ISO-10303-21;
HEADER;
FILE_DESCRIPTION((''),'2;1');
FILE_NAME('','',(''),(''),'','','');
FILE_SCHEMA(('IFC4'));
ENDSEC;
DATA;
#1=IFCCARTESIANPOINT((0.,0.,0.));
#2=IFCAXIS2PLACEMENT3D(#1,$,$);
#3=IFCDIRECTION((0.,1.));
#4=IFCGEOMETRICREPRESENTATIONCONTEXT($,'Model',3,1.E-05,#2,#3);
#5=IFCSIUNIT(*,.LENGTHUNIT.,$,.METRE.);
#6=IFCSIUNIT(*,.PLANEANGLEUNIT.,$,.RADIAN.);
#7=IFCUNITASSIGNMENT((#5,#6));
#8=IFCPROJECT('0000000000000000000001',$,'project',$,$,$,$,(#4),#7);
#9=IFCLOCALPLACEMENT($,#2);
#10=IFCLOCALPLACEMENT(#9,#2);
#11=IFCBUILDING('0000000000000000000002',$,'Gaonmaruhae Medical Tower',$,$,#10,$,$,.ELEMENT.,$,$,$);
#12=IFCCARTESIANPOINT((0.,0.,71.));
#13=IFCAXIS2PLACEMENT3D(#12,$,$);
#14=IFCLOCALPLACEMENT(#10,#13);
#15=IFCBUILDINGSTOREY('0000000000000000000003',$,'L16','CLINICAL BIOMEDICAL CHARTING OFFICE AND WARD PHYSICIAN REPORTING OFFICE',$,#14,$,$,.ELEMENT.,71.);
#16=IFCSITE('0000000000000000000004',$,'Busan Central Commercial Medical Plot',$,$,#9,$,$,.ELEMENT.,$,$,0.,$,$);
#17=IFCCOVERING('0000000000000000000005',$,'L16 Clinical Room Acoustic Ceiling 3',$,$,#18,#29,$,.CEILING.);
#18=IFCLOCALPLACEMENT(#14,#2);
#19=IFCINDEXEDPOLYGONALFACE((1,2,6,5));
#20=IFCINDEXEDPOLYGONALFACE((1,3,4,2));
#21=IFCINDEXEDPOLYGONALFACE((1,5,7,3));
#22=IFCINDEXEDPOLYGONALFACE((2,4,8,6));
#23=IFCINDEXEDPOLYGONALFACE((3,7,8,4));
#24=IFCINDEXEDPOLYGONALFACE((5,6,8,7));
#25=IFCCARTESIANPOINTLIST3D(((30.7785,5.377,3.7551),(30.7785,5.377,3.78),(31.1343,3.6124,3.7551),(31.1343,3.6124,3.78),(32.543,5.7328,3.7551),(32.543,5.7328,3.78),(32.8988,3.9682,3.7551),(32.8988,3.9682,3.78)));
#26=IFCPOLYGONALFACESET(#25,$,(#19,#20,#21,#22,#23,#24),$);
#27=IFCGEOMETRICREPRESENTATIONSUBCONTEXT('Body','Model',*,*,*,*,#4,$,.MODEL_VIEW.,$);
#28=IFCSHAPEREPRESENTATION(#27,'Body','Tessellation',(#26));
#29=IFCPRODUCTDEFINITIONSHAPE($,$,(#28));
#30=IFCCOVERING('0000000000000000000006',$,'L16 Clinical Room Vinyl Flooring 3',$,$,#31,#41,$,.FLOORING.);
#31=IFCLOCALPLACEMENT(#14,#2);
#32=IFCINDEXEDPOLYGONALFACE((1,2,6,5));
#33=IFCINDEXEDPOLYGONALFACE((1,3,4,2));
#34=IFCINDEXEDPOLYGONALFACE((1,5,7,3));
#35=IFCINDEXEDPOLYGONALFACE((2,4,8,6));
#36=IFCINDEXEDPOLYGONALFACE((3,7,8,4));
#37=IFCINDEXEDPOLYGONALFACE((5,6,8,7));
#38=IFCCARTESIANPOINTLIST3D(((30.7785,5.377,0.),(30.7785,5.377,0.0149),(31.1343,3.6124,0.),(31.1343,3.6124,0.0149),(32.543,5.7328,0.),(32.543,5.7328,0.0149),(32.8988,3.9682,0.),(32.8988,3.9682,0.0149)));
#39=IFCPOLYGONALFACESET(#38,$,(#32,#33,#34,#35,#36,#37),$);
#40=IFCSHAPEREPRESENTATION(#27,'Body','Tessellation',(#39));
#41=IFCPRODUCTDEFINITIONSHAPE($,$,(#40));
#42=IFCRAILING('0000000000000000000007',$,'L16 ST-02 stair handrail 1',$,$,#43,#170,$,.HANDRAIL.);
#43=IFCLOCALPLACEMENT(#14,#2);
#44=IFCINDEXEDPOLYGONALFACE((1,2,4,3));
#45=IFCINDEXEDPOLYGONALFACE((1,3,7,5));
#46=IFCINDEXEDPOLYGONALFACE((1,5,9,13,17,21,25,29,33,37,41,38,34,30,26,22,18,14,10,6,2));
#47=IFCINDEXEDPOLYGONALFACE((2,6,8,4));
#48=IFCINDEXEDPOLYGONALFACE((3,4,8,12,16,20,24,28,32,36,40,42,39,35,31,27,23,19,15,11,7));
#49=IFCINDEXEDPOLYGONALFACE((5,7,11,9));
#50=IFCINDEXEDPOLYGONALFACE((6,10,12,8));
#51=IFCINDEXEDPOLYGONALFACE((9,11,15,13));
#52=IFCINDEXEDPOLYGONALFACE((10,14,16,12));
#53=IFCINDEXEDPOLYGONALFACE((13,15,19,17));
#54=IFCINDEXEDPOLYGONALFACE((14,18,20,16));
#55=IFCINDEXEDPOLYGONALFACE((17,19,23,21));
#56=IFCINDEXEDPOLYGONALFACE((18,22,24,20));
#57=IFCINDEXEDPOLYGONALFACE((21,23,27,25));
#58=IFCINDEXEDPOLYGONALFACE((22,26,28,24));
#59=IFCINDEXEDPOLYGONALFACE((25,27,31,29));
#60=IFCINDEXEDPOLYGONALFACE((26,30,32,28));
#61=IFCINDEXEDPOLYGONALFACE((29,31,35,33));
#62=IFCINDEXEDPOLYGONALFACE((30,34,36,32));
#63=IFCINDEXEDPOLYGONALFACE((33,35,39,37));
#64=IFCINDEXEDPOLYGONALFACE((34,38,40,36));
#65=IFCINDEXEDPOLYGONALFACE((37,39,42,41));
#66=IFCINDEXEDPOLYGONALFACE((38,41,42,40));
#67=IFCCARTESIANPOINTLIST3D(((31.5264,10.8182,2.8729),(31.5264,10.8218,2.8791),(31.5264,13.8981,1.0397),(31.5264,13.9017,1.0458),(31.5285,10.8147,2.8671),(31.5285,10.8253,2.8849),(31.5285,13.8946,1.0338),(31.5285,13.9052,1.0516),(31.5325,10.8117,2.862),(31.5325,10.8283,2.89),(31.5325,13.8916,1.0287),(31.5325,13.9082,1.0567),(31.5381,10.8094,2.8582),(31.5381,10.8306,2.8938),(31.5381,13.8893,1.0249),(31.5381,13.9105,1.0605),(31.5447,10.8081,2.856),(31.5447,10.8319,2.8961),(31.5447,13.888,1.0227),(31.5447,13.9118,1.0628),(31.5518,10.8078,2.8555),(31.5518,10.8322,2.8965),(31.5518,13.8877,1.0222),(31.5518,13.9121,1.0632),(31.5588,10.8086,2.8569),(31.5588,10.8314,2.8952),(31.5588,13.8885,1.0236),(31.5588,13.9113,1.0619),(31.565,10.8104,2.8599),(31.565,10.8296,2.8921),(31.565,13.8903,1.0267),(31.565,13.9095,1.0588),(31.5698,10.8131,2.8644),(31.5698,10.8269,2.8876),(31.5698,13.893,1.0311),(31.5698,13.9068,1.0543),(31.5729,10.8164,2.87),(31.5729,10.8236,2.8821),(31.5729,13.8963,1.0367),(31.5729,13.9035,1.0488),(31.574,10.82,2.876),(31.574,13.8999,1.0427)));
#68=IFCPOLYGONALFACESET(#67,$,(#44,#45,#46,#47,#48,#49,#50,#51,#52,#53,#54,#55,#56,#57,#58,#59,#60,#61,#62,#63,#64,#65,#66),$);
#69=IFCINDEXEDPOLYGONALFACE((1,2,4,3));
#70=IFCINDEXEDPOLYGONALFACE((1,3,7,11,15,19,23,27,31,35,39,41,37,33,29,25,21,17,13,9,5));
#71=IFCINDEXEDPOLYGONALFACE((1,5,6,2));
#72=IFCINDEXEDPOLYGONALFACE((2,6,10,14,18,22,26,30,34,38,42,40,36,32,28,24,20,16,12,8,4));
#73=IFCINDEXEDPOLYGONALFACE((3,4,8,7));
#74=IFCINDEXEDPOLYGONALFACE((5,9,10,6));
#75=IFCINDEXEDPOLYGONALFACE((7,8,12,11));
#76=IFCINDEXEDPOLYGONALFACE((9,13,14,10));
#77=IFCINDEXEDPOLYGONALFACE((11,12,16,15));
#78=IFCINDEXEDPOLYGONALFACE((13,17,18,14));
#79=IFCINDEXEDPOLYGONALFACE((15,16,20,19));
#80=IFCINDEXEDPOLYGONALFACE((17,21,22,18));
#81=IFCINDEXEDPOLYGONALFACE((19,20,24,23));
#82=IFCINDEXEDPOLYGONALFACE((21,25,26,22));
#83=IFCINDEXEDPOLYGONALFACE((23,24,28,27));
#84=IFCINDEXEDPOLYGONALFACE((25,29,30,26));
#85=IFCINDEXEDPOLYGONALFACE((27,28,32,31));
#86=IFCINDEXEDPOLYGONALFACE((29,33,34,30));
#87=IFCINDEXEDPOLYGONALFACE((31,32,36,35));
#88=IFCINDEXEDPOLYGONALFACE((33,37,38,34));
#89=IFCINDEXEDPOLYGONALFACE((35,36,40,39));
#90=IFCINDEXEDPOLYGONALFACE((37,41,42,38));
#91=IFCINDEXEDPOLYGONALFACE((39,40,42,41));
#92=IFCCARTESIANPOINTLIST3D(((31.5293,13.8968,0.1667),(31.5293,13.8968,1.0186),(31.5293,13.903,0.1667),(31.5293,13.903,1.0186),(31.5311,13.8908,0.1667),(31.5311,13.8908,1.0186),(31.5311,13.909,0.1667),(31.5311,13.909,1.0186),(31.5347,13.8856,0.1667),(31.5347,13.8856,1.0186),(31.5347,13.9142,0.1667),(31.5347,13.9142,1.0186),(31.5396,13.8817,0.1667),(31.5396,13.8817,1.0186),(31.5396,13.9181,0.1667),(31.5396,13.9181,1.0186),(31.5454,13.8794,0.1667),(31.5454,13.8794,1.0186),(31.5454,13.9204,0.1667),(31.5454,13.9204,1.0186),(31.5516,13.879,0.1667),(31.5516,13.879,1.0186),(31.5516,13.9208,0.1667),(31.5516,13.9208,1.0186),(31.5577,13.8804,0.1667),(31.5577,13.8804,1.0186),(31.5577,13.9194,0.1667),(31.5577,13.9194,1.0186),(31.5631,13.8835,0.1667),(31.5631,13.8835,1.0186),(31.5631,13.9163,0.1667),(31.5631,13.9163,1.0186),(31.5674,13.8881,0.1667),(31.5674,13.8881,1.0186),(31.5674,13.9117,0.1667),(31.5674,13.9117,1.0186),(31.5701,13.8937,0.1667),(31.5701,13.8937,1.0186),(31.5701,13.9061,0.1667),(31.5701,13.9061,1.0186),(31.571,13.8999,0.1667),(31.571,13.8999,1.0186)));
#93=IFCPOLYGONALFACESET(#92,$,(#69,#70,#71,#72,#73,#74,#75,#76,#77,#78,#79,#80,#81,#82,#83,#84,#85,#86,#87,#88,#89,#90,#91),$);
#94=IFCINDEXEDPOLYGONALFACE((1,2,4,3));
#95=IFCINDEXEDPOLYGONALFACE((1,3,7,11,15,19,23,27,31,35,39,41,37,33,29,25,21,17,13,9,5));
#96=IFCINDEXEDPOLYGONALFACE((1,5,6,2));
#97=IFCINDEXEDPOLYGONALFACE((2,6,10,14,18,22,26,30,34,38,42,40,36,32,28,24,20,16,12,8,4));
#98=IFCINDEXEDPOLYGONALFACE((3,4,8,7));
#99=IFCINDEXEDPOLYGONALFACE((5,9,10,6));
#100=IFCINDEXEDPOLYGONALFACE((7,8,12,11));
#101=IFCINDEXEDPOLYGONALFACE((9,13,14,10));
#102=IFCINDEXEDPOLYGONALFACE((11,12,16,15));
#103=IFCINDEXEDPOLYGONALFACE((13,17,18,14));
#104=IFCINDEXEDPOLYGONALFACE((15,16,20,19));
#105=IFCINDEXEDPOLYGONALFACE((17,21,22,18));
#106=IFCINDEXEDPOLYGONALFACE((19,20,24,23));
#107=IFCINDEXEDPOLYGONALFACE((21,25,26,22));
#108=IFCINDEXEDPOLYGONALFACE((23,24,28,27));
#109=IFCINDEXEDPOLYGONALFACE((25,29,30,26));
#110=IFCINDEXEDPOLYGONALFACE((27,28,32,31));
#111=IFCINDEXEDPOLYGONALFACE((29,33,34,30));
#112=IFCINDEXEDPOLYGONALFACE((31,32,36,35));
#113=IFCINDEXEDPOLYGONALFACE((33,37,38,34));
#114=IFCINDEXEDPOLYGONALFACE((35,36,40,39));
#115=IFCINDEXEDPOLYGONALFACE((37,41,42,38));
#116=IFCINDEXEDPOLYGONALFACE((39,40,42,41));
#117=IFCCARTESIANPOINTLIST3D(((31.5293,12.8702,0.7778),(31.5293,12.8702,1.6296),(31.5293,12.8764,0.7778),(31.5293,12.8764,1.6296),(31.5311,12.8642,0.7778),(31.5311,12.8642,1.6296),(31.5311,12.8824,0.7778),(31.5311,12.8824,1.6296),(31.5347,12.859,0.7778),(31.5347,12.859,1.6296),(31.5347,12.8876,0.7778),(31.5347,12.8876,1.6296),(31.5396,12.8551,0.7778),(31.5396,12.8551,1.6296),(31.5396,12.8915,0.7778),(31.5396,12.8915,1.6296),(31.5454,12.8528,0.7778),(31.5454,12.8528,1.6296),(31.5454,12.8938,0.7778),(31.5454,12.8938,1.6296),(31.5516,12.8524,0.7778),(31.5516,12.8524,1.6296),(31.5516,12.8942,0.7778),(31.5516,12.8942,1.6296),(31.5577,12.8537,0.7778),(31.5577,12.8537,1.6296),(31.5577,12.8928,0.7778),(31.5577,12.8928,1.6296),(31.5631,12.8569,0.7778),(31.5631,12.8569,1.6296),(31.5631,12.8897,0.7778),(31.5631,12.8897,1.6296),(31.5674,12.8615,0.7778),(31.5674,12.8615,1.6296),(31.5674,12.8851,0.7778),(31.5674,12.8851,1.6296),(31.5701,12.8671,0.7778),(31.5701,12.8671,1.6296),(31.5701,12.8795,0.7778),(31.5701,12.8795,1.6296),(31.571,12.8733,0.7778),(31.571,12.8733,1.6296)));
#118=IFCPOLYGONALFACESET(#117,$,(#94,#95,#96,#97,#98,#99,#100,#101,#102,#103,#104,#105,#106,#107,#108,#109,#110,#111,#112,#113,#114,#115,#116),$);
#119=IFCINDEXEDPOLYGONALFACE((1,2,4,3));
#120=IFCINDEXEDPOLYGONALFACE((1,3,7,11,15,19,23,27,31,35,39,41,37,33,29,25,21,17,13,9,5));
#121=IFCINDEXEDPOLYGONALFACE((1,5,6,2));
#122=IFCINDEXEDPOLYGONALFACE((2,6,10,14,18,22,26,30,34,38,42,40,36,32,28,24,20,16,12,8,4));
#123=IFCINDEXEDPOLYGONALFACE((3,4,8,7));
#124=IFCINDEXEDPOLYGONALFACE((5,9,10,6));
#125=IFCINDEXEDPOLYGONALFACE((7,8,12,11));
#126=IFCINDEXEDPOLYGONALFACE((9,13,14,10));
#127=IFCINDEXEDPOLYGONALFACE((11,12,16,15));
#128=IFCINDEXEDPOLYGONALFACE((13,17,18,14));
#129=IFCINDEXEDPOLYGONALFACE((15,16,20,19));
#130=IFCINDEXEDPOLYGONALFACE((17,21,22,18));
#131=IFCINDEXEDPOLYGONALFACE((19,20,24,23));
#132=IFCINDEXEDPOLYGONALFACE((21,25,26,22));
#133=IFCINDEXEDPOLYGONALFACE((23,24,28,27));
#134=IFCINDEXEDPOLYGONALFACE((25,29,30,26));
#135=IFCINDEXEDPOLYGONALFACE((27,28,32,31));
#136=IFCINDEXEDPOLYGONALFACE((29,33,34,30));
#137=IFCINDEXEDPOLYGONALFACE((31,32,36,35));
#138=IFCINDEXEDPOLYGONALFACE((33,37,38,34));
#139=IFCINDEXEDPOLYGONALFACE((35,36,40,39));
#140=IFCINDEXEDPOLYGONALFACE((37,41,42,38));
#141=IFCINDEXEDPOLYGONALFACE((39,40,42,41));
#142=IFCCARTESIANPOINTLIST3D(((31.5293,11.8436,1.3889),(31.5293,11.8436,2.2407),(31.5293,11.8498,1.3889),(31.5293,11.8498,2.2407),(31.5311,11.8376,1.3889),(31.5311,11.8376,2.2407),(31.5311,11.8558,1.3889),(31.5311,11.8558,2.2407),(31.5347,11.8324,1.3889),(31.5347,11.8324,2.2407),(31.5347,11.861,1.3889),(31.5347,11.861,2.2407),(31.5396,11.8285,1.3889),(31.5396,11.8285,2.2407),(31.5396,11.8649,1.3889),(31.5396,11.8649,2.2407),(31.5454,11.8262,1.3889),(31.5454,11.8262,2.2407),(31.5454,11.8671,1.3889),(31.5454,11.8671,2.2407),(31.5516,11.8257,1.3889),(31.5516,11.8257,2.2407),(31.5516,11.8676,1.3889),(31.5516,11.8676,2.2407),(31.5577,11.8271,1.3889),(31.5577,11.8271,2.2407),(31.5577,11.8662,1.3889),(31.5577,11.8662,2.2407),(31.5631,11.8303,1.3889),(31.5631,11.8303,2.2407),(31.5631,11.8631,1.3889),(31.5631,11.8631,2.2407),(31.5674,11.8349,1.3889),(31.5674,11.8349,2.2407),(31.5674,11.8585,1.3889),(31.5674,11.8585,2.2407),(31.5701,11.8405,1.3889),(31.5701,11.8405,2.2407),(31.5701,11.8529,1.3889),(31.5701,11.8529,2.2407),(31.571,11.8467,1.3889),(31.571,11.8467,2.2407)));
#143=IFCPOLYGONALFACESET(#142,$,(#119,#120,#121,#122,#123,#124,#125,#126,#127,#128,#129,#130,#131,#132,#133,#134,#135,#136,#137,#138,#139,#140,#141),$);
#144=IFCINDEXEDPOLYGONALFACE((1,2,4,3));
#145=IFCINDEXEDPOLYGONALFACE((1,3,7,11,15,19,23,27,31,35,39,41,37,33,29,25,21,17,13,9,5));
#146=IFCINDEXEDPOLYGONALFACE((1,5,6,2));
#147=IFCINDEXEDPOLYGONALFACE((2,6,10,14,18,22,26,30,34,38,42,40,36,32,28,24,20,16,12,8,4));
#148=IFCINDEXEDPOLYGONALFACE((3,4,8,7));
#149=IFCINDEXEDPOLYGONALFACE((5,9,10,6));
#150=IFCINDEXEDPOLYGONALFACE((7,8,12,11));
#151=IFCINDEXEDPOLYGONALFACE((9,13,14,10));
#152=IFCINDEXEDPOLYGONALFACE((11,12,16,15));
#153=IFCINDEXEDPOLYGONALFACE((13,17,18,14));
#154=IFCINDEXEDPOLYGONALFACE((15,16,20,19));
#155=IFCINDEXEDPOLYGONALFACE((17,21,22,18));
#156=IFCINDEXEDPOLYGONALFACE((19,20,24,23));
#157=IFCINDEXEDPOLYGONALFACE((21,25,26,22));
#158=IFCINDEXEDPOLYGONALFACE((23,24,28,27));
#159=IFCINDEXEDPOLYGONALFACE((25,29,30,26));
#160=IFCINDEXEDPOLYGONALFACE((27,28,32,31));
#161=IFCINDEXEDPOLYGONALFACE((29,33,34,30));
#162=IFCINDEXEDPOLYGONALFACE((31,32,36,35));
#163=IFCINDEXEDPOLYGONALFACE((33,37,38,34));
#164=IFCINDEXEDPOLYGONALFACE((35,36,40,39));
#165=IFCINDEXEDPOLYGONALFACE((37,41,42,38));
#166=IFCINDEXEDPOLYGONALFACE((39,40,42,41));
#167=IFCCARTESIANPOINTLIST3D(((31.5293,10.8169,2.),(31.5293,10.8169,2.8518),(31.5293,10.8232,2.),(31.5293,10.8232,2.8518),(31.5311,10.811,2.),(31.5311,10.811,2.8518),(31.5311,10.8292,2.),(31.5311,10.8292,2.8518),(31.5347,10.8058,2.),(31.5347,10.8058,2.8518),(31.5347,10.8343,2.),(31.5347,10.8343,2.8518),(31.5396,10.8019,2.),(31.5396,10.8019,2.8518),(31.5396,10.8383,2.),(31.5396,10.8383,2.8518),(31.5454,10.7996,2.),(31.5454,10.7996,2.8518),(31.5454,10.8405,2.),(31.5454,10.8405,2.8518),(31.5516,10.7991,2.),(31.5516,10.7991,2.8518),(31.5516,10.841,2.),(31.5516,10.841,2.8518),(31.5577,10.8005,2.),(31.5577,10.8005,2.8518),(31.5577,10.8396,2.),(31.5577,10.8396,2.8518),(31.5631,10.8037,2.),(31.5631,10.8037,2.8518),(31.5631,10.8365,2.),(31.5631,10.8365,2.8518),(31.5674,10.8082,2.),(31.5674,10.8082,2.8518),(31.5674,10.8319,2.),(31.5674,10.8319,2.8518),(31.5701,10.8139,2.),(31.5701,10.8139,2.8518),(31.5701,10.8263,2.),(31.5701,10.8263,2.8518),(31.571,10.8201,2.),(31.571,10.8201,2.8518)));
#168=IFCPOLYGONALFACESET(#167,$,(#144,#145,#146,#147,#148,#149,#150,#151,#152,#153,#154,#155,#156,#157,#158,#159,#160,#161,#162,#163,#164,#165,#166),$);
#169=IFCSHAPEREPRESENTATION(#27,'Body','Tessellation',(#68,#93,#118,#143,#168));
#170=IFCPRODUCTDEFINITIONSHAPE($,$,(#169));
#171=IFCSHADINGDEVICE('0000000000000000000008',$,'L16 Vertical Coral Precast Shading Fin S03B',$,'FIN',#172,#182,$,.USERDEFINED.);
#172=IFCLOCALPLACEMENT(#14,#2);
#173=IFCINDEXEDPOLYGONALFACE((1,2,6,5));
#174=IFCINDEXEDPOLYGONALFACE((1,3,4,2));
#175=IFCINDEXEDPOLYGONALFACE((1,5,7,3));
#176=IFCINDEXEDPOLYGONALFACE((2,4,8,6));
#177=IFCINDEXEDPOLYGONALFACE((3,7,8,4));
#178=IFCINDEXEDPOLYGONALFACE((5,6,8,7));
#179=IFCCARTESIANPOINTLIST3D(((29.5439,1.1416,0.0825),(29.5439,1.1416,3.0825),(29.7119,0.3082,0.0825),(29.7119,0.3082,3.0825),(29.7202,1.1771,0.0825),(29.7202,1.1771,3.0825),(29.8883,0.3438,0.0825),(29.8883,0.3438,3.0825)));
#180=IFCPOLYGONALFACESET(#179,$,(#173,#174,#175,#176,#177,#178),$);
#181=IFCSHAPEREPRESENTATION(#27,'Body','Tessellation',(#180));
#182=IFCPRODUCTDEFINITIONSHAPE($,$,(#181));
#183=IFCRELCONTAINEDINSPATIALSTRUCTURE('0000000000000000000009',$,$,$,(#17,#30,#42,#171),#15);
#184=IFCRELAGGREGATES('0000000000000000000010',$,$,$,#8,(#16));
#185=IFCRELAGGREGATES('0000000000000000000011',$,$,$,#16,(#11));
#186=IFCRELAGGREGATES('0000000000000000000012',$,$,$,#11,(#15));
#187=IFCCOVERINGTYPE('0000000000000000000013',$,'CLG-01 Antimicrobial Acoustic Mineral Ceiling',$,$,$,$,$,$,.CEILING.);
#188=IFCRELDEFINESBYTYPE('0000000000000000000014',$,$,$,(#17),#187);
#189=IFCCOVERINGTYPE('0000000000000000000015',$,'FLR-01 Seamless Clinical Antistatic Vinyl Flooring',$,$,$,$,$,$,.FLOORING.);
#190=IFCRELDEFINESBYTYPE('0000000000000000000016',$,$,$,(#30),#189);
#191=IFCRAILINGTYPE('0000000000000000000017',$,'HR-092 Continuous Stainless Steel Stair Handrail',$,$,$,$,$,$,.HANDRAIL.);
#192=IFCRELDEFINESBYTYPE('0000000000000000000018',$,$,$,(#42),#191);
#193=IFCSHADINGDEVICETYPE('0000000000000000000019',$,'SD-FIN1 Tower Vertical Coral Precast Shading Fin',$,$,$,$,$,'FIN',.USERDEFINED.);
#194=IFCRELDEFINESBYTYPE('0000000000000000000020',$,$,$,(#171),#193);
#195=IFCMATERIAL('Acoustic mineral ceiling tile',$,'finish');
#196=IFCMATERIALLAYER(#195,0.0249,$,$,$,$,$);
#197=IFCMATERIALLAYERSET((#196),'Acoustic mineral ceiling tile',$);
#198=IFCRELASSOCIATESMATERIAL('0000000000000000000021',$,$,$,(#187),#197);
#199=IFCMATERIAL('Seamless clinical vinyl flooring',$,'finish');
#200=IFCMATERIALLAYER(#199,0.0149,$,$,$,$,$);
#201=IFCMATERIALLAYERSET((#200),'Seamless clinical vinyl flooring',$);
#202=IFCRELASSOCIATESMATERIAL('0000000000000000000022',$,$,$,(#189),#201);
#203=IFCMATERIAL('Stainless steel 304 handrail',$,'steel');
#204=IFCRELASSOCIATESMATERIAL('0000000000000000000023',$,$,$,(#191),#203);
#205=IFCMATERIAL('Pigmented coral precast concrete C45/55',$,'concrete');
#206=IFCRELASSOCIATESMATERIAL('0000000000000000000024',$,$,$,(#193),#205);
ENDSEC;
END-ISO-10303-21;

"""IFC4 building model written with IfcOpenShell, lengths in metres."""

from ifc_helpers import new_model, si_unit, direction, frame, origin, origin_2d, place, context, subcontext, project, spatial, rectangle, circle, extrude, material, layer, layer_set, type_object, element, save


model = new_model("IFC4")

# Units and contexts
model_context = context("Model", 3, precision=1e-05, world=origin(), true_north=direction((0.0, 1.0)))
body_context = subcontext(model_context, "Body", "Model", "MODEL_VIEW")
ifc_project = project(units=[si_unit("LENGTHUNIT", "METRE"), si_unit("PLANEANGLEUNIT", "RADIAN")], contexts=[model_context])

# Site, building, storey
site_placement = place(None, origin())
site = spatial("IfcSite", under=ifc_project, at=site_placement, Name="Busan Central Commercial Medical Plot", CompositionType="ELEMENT", RefElevation=0.0)
building_placement = place(site_placement, origin())
building = spatial("IfcBuilding", under=site, at=building_placement, Name="Gaonmaruhae Medical Tower", CompositionType="ELEMENT")
storey_placement = place(building_placement, frame((0.0, 0.0, 71.0)))
storey = spatial("IfcBuildingStorey", under=building, at=storey_placement, Name="L16", Description="CLINICAL BIOMEDICAL CHARTING OFFICE AND WARD PHYSICIAN REPORTING OFFICE", CompositionType="ELEMENT", Elevation=71.0)

# Coverings
ifc_material_1 = material(Name="Acoustic mineral ceiling tile", Category="finish")
ifc_layer_1 = layer(ifc_material_1, 0.0249)
ifc_layer_set_1 = layer_set([ifc_layer_1], Name="Acoustic mineral ceiling tile")
covering_type_1 = type_object("IfcCoveringType", Name="CLG-01 Antimicrobial Acoustic Mineral Ceiling", PredefinedType="CEILING", material=ifc_layer_set_1)
covering_1_placement = place(storey_placement, frame((31.8386, 4.6726, 3.7551), z_axis=(0.0, 0.0, 1.0), x_axis=(0.980271, 0.197657, 0.0)))
element("IfcCovering", 1, at=covering_1_placement, inside=storey, type_object=covering_type_1, Name="L16 Clinical Room Acoustic Ceiling 3", PredefinedType="CEILING", context=body_context, shape_type="SweptSolid", body=[
    extrude(rectangle(XDim=1.8, YDim=1.8, at=origin_2d()), origin(), (0.0, 0.0, 1.0), 0.0249),
])
ifc_material_2 = material(Name="Seamless clinical vinyl flooring", Category="finish")
ifc_layer_2 = layer(ifc_material_2, 0.0149)
ifc_layer_set_2 = layer_set([ifc_layer_2], Name="Seamless clinical vinyl flooring")
covering_type_2 = type_object("IfcCoveringType", Name="FLR-01 Seamless Clinical Antistatic Vinyl Flooring", PredefinedType="FLOORING", material=ifc_layer_set_2)
covering_2_placement = place(storey_placement, frame((31.8386, 4.6726, 0.0), z_axis=(0.0, 0.0, 1.0), x_axis=(0.980271, 0.197657, 0.0)))
element("IfcCovering", 2, at=covering_2_placement, inside=storey, type_object=covering_type_2, Name="L16 Clinical Room Vinyl Flooring 3", PredefinedType="FLOORING", context=body_context, shape_type="SweptSolid", body=[
    extrude(rectangle(XDim=1.8, YDim=1.8, at=origin_2d()), origin(), (0.0, 0.0, 1.0), 0.0149),
])

# Railing
ifc_material_3 = material(Name="Stainless steel 304 handrail", Category="steel")
railing_type_1 = type_object("IfcRailingType", Name="HR-092 Continuous Stainless Steel Stair Handrail", PredefinedType="HANDRAIL", material=ifc_material_3)
railing_1_placement = place(storey_placement, frame((31.55, 13.8999, 0.1667)))
element("IfcRailing", 3, at=railing_1_placement, inside=storey, type_object=railing_type_1, Name="L16 ST-02 stair handrail 1", PredefinedType="HANDRAIL", context=body_context, shape_type="SweptSolid", body=[
    extrude(circle(Radius=0.0239, at=origin_2d()), frame((0.0, 0.0, 0.876), z_axis=(0.0, -0.859291, 0.511487), x_axis=(1.0, 0.0, 0.0)), (0.0, 0.0, 1.0), 3.5842),
    extrude(circle(Radius=0.021, at=origin_2d()), origin(), (0.0, 0.0, 1.0), 0.8518),
    extrude(circle(Radius=0.021, at=origin_2d()), frame((0.0, -1.0266, 0.6111)), (0.0, 0.0, 1.0), 0.8518),
    extrude(circle(Radius=0.021, at=origin_2d()), frame((0.0, -2.0532, 1.2222)), (0.0, 0.0, 1.0), 0.8518),
    extrude(circle(Radius=0.021, at=origin_2d()), frame((0.0, -3.0798, 1.8333)), (0.0, 0.0, 1.0), 0.8518),
])

# Shading device
ifc_material_4 = material(Name="Pigmented coral precast concrete C45/55", Category="concrete")
shading_device_type = type_object("IfcShadingDeviceType", Name="SD-FIN1 Tower Vertical Coral Precast Shading Fin", ElementType="FIN", PredefinedType="USERDEFINED", material=ifc_material_4)
shading_device_placement = place(storey_placement, frame((29.7161, 0.7427, 0.0825), z_axis=(0.0, 0.0, 1.0), x_axis=(-0.980275, -0.19764, 0.0)))
element("IfcShadingDevice", 4, at=shading_device_placement, inside=storey, type_object=shading_device_type, Name="L16 Vertical Coral Precast Shading Fin S03B", ObjectType="FIN", PredefinedType="USERDEFINED", context=body_context, shape_type="SweptSolid", body=[
    extrude(rectangle(XDim=0.1799, YDim=0.8501, at=origin_2d()), origin(), (0.0, 0.0, 1.0), 3.0),
])

save(model, "model.ifc")
